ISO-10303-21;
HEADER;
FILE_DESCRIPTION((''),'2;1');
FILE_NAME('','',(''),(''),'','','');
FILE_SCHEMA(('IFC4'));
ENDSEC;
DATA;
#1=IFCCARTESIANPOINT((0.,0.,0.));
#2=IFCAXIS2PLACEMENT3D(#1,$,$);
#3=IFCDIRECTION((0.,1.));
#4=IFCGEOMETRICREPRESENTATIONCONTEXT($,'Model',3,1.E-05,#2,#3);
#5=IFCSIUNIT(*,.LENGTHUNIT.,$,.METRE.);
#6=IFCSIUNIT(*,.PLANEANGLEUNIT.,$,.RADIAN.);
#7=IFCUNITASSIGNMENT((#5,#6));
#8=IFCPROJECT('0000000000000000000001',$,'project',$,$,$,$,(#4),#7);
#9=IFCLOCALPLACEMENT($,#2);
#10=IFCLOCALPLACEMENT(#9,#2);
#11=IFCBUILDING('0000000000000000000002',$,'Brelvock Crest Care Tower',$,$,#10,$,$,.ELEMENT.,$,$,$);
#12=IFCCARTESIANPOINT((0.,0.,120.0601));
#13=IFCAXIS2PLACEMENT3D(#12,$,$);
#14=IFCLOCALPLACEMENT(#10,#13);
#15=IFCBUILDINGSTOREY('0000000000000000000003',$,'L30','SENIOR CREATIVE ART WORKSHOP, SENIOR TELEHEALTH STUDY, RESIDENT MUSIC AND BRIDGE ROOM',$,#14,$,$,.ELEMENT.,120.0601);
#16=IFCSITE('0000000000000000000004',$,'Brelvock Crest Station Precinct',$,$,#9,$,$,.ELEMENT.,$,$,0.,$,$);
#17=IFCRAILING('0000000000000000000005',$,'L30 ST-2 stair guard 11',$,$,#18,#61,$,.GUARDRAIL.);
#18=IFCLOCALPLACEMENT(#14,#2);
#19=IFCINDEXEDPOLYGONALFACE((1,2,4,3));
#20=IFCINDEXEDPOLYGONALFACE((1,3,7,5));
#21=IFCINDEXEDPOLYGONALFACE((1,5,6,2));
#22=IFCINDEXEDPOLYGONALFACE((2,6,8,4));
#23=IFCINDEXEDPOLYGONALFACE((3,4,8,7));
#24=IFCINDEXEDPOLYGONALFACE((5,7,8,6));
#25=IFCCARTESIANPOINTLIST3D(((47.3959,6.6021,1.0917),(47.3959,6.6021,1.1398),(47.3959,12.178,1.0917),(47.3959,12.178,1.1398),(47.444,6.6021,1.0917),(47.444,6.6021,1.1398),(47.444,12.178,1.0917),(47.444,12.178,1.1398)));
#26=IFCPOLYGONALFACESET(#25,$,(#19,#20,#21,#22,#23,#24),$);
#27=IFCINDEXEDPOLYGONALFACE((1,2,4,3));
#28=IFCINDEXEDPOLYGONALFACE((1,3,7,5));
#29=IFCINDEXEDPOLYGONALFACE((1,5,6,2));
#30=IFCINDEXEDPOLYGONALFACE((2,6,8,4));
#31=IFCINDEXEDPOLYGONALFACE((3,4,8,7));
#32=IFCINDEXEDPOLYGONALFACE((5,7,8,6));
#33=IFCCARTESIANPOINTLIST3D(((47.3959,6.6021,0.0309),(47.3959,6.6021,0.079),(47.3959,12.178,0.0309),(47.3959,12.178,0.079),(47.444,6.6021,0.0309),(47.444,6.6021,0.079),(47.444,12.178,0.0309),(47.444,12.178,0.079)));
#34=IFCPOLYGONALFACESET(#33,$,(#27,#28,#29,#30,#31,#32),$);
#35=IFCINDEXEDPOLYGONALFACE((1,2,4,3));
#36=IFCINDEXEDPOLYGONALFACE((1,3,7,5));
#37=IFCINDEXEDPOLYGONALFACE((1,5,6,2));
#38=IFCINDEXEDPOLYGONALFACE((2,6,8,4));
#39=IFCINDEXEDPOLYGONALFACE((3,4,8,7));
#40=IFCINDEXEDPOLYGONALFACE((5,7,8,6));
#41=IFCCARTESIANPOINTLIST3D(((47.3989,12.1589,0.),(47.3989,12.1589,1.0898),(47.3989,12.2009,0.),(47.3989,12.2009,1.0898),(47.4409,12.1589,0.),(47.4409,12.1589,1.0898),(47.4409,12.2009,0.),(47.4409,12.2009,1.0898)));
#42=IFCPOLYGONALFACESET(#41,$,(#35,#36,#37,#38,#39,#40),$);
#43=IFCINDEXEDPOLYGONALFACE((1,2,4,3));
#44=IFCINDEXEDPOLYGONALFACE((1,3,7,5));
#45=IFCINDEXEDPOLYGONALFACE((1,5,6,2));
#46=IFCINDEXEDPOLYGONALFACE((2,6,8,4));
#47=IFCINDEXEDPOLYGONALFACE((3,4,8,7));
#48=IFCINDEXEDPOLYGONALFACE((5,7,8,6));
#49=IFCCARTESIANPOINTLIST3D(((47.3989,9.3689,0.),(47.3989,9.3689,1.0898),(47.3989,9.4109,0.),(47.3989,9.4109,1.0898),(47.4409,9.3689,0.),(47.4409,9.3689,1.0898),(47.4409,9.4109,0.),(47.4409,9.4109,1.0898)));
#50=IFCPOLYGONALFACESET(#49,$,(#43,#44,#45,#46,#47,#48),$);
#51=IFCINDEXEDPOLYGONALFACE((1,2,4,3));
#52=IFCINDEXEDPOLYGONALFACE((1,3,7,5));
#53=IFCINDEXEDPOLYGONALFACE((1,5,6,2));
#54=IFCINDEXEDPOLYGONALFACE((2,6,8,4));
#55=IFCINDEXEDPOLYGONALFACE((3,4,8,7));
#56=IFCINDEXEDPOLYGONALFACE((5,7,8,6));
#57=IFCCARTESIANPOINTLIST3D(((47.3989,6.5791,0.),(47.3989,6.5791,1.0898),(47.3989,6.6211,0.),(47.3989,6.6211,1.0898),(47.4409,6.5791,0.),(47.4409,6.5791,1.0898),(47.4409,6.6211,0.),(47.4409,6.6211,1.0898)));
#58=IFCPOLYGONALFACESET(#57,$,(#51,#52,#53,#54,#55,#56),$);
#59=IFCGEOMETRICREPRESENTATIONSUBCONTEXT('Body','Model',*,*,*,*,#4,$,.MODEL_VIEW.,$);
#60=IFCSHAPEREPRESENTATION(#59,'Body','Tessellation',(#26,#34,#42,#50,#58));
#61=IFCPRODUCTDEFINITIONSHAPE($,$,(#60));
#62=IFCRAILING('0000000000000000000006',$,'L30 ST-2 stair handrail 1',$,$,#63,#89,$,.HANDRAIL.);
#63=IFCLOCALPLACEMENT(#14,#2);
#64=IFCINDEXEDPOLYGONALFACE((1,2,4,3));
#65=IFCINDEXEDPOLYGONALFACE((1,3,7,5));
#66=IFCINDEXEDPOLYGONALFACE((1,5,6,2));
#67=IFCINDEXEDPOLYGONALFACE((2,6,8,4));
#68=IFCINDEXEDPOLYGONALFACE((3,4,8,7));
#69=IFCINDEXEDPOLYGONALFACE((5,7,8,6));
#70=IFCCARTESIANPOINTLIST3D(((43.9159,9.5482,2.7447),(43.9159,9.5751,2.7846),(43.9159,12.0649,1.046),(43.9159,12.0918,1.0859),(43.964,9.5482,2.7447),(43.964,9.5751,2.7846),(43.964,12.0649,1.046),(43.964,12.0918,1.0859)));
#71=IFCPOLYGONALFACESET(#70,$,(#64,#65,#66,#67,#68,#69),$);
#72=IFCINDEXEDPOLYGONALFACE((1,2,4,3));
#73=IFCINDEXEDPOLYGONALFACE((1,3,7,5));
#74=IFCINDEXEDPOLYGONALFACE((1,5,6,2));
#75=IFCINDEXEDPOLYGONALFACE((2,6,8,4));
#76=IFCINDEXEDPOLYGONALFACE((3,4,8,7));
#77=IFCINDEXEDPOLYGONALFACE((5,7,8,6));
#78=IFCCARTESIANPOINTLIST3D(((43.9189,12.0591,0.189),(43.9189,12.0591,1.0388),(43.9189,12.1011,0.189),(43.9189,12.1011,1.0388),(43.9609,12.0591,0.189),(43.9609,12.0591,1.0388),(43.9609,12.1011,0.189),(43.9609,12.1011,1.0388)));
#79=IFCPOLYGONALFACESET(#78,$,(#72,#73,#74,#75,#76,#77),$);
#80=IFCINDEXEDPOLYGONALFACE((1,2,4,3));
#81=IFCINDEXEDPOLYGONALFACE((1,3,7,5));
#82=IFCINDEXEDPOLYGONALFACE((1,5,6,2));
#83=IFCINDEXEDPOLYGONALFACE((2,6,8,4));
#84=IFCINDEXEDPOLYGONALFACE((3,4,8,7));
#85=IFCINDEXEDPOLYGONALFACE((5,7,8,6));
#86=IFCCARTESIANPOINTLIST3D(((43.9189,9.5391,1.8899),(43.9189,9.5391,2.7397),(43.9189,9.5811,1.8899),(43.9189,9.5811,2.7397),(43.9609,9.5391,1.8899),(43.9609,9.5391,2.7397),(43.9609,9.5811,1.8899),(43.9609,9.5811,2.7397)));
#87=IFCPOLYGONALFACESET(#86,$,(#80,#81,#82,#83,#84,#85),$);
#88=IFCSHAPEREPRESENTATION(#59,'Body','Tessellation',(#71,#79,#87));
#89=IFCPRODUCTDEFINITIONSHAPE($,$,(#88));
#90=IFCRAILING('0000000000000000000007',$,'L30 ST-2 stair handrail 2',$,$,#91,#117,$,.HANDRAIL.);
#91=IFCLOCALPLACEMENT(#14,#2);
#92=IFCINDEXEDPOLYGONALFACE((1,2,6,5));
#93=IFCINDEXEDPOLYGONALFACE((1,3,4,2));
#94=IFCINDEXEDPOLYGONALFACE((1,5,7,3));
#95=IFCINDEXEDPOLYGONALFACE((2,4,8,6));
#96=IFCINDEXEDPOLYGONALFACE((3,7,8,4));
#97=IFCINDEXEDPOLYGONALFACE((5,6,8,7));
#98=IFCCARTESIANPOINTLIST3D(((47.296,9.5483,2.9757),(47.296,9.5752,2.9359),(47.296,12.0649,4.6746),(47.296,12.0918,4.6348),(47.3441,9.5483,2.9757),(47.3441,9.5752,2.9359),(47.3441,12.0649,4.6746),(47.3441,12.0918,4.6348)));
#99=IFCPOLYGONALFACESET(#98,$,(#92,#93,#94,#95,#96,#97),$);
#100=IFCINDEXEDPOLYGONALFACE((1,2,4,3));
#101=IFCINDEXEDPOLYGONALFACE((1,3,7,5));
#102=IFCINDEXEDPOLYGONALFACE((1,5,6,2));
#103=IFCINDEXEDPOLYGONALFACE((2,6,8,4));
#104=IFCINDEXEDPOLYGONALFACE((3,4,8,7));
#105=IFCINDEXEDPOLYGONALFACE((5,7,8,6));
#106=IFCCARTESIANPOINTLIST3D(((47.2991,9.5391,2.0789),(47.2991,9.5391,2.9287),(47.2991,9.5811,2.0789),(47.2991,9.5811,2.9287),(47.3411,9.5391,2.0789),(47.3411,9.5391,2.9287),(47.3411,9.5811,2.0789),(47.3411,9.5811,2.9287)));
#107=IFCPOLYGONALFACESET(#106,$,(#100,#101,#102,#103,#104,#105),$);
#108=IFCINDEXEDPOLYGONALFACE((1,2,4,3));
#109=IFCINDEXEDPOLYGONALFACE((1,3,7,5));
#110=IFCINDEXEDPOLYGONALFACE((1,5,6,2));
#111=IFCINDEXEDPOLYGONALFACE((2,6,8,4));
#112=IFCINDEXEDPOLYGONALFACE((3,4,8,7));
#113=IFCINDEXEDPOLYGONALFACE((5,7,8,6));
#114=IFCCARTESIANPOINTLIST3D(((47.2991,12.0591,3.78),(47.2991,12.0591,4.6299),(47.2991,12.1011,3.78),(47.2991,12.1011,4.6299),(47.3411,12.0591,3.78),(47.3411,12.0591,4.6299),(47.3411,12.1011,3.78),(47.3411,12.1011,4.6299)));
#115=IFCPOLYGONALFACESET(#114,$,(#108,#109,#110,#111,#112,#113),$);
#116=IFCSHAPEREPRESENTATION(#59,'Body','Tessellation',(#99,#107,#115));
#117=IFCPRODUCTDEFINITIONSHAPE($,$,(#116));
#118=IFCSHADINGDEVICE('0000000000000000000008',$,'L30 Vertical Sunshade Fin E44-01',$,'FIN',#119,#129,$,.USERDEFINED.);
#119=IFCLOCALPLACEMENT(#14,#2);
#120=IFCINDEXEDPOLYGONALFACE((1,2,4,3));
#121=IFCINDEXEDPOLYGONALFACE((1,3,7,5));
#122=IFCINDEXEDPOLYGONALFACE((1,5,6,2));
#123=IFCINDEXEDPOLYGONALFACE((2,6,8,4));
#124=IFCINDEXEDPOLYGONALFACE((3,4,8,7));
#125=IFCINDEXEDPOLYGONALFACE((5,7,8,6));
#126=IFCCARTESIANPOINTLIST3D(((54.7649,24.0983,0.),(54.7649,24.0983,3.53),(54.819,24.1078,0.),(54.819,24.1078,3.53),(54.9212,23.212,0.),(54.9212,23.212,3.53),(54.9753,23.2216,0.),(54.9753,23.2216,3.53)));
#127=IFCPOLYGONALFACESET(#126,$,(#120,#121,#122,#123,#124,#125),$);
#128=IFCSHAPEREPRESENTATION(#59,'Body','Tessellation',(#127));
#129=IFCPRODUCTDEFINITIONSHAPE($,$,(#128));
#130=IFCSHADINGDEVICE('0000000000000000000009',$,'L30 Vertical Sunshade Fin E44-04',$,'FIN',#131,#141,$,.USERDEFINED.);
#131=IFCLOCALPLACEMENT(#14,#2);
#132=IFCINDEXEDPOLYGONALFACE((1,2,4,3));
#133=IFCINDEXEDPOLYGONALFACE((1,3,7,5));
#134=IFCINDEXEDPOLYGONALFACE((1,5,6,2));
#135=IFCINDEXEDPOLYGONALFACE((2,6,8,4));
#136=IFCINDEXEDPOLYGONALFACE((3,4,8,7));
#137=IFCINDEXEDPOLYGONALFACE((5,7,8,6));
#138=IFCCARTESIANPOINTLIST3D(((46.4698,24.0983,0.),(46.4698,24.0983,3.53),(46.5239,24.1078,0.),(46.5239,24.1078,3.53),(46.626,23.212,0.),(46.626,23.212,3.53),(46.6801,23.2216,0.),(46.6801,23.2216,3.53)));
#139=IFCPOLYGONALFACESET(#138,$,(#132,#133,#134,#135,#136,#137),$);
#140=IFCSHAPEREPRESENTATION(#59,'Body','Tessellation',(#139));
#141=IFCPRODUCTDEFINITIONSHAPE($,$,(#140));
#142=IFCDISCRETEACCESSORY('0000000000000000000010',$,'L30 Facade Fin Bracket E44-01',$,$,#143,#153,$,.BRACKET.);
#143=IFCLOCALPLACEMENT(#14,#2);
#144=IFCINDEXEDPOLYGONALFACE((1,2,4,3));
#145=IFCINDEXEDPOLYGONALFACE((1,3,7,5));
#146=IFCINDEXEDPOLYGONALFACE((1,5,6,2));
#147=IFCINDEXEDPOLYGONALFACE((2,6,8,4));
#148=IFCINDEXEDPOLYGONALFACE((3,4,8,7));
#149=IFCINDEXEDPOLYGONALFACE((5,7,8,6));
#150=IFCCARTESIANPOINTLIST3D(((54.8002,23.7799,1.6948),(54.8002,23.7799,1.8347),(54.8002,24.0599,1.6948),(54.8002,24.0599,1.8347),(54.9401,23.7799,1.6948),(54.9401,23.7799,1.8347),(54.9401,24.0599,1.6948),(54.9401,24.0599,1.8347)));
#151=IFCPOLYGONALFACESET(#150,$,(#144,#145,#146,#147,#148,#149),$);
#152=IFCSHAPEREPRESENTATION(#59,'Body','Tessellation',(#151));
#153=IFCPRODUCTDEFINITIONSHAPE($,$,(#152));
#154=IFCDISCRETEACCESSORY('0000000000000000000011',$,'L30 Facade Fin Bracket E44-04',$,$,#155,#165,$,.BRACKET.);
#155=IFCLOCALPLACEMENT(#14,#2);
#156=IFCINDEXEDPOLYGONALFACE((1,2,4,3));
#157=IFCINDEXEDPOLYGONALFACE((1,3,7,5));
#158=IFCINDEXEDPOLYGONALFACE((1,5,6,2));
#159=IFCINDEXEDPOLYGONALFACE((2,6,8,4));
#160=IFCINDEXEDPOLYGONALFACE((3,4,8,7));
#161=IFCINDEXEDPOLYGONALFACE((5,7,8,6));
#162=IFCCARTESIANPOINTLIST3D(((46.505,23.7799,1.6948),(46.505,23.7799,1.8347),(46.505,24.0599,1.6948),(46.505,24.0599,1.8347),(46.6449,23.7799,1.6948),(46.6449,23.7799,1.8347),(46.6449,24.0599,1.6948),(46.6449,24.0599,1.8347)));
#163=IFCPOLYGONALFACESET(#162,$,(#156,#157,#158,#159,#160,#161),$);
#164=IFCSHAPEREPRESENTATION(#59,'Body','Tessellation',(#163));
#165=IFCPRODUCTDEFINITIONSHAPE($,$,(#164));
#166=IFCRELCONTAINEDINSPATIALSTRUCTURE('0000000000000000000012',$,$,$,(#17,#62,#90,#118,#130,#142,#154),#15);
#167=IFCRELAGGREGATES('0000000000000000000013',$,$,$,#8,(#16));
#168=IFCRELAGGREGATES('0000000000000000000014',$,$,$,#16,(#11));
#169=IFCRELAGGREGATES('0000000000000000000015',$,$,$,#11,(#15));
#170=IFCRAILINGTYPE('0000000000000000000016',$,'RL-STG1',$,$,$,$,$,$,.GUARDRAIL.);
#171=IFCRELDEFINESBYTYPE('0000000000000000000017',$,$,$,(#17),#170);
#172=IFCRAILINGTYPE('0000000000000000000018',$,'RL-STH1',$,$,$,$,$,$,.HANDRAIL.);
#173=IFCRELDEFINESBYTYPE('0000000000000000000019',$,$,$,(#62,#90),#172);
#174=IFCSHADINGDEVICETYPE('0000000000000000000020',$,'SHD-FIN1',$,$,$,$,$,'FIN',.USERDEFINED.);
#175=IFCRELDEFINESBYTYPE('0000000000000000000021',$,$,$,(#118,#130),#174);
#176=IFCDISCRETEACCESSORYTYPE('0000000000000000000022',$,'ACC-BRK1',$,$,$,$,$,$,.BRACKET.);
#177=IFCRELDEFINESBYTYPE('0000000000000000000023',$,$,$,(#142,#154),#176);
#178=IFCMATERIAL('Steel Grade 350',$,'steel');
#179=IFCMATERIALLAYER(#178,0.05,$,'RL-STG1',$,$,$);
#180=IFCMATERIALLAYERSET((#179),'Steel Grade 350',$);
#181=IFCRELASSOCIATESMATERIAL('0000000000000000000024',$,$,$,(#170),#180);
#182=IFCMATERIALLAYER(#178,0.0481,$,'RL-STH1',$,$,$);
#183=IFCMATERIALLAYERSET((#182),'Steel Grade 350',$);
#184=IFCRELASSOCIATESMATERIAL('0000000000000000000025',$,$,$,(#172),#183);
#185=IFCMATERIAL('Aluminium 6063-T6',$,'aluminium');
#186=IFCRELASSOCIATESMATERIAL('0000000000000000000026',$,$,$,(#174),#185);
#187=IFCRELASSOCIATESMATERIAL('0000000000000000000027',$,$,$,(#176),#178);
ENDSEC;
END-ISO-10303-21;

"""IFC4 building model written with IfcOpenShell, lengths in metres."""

from ifc_helpers import new_model, si_unit, direction, frame, origin, origin_2d, place, context, subcontext, project, spatial, rectangle, extrude, source, transform, mapped, material, layer, layer_set, material_profile, profile_set, type_object, element, save


model = new_model("IFC4")

# Units and contexts
model_context = context("Model", 3, precision=1e-05, world=origin(), true_north=direction((0.0, 1.0)))
body_context = subcontext(model_context, "Body", "Model", "MODEL_VIEW")
ifc_project = project(units=[si_unit("LENGTHUNIT", "METRE"), si_unit("PLANEANGLEUNIT", "RADIAN")], contexts=[model_context])

# Site, building, storey
site_placement = place(None, origin())
site = spatial("IfcSite", under=ifc_project, at=site_placement, Name="Brelvock Crest Station Precinct", CompositionType="ELEMENT", RefElevation=0.0)
building_placement = place(site_placement, origin())
building = spatial("IfcBuilding", under=site, at=building_placement, Name="Brelvock Crest Care Tower", CompositionType="ELEMENT")
storey_placement = place(building_placement, frame((0.0, 0.0, 120.0601)))
storey = spatial("IfcBuildingStorey", under=building, at=storey_placement, Name="L30", Description="SENIOR CREATIVE ART WORKSHOP, SENIOR TELEHEALTH STUDY, RESIDENT MUSIC AND BRIDGE ROOM", CompositionType="ELEMENT", Elevation=120.0601)

# Shared definitions
ifc_material_1 = material(Name="Steel Grade 350", Category="steel")

# Shared definitions
ifc_material_2 = material(Name="Aluminium 6063-T6", Category="aluminium")

# Railings
ifc_layer_1 = layer(ifc_material_1, 0.05, Name="RL-STG1")
ifc_layer_set_1 = layer_set([ifc_layer_1], Name="Steel Grade 350")
railing_type_1 = type_object("IfcRailingType", Name="RL-STG1", PredefinedType="GUARDRAIL", material=ifc_layer_set_1)
railing_1_placement = place(storey_placement, frame((47.4199, 12.1799, 0.0)))
element("IfcRailing", 1, at=railing_1_placement, inside=storey, type_object=railing_type_1, Name="L30 ST-2 stair guard 11", PredefinedType="GUARDRAIL", context=body_context, shape_type="SweptSolid", body=[
    extrude(rectangle(XDim=0.0481, YDim=0.0481, at=origin_2d()), frame((0.0, -0.002, 1.1157), z_axis=(0.0, -1.0, 0.0), x_axis=(1.0, 0.0, 0.0)), (0.0, 0.0, 1.0), 5.5759),
    extrude(rectangle(XDim=0.0481, YDim=0.0481, at=origin_2d()), frame((0.0, -0.002, 0.0549), z_axis=(0.0, -1.0, 0.0), x_axis=(1.0, 0.0, 0.0)), (0.0, 0.0, 1.0), 5.5759),
    extrude(rectangle(XDim=0.042, YDim=0.042, at=origin_2d()), origin(), (0.0, 0.0, 1.0), 1.0898),
    extrude(rectangle(XDim=0.042, YDim=0.042, at=origin_2d()), frame((0.0, -2.79, 0.0)), (0.0, 0.0, 1.0), 1.0898),
    extrude(rectangle(XDim=0.042, YDim=0.042, at=origin_2d()), frame((0.0, -5.5798, 0.0)), (0.0, 0.0, 1.0), 1.0898),
])
ifc_layer_2 = layer(ifc_material_1, 0.0481, Name="RL-STH1")
ifc_layer_set_2 = layer_set([ifc_layer_2], Name="Steel Grade 350")
railing_type_2 = type_object("IfcRailingType", Name="RL-STH1", PredefinedType="HANDRAIL", material=ifc_layer_set_2)
railing_2_placement = place(storey_placement, frame((43.9399, 12.0801, 0.189)))
element("IfcRailing", 2, at=railing_2_placement, inside=storey, type_object=railing_type_2, Name="L30 ST-2 stair handrail 1", PredefinedType="HANDRAIL", context=body_context, shape_type="SweptSolid", body=[
    extrude(rectangle(XDim=0.0481, YDim=0.0481, at=origin_2d()), frame((0.0, -0.0017, 0.877), z_axis=(0.0, -0.828862, 0.559454), x_axis=(1.0, 0.0, 0.0)), (0.0, 0.0, 1.0), 3.0364),
    extrude(rectangle(XDim=0.042, YDim=0.042, at=origin_2d()), origin(), (0.0, 0.0, 1.0), 0.8499),
    extrude(rectangle(XDim=0.042, YDim=0.042, at=origin_2d()), frame((0.0, -2.52, 1.7009)), (0.0, 0.0, 1.0), 0.8499),
])
railing_3_placement = place(storey_placement, frame((47.3201, 9.5601, 2.0789)))
element("IfcRailing", 3, at=railing_3_placement, inside=storey, type_object=railing_type_2, Name="L30 ST-2 stair handrail 2", PredefinedType="HANDRAIL", context=body_context, shape_type="SweptSolid", body=[
    extrude(rectangle(XDim=0.0481, YDim=0.0481, at=origin_2d()), frame((0.0, 0.0017, 0.877), z_axis=(0.0, 0.828824, 0.559509), x_axis=(-1.0, 0.0, 0.0)), (0.0, 0.0, 1.0), 3.0364),
    extrude(rectangle(XDim=0.042, YDim=0.042, at=origin_2d()), origin(), (0.0, 0.0, 1.0), 0.8499),
    extrude(rectangle(XDim=0.042, YDim=0.042, at=origin_2d()), frame((0.0, 2.52, 1.7012)), (0.0, 0.0, 1.0), 0.8499),
])

# Shading devices
ifc_material_profile_1 = material_profile(ifc_material_2, rectangle(XDim=0.0549, YDim=0.8999, at=origin_2d()), Name="FIN55x900")
ifc_profile_set_1 = profile_set([ifc_material_profile_1], Name="Aluminium 6063-T6")
shading_device_type = type_object("IfcShadingDeviceType", Name="SHD-FIN1", ElementType="FIN", PredefinedType="USERDEFINED", material=ifc_profile_set_1)
shared_shape_1 = source(origin(), body_context, "Body", "SweptSolid", [
    extrude(rectangle(XDim=0.0549, YDim=0.8999, at=origin_2d()), origin(), (0.0, 0.0, 1.0), 3.53),
])
for number, where, z_axis, x_axis, name in (
    (4, (54.8701, 23.6599, 0.0), (0.0, 0.0, 1.0), (-0.984808, -0.173648, 0.0), "L30 Vertical Sunshade Fin E44-01"),
    (5, (46.575, 23.6599, 0.0), (0.0, 0.0, 1.0), (-0.984808, -0.173648, 0.0), "L30 Vertical Sunshade Fin E44-04"),
):
    element("IfcShadingDevice", number, at=place(storey_placement, frame(where, z_axis=z_axis, x_axis=x_axis)), inside=storey, type_object=shading_device_type, Name=name, ObjectType="FIN", PredefinedType="USERDEFINED", context=body_context, shape_type="MappedRepresentation", body=[
        mapped(shared_shape_1, transform((0.0, 0.0, 0.0), x_axis=(1.0, 0.0, 0.0), y_axis=(0.0, 1.0, 0.0), z_axis=(0.0, 0.0, 1.0), scale=1.0)),
    ])

# Discrete accessories
discrete_accessory_type = type_object("IfcDiscreteAccessoryType", Name="ACC-BRK1", PredefinedType="BRACKET", material=ifc_material_1)
shared_shape_2 = source(origin(), body_context, "Body", "SweptSolid", [
    extrude(rectangle(XDim=0.28, YDim=0.1399, at=origin_2d()), origin(), (0.0, 0.0, 1.0), 0.1399),
])
for number, where, z_axis, x_axis, name in (
    (6, (54.8701, 23.9199, 1.6948), (0.0, 0.0, 1.0), (0.0, -1.0, 0.0), "L30 Facade Fin Bracket E44-01"),
    (7, (46.575, 23.9199, 1.6948), (0.0, 0.0, 1.0), (0.0, -1.0, 0.0), "L30 Facade Fin Bracket E44-04"),
):
    element("IfcDiscreteAccessory", number, at=place(storey_placement, frame(where, z_axis=z_axis, x_axis=x_axis)), inside=storey, type_object=discrete_accessory_type, Name=name, PredefinedType="BRACKET", context=body_context, shape_type="MappedRepresentation", body=[
        mapped(shared_shape_2, transform((0.0, 0.0, 0.0), x_axis=(1.0, 0.0, 0.0), y_axis=(0.0, 1.0, 0.0), z_axis=(0.0, 0.0, 1.0), scale=1.0)),
    ])

save(model, "model.ifc")
